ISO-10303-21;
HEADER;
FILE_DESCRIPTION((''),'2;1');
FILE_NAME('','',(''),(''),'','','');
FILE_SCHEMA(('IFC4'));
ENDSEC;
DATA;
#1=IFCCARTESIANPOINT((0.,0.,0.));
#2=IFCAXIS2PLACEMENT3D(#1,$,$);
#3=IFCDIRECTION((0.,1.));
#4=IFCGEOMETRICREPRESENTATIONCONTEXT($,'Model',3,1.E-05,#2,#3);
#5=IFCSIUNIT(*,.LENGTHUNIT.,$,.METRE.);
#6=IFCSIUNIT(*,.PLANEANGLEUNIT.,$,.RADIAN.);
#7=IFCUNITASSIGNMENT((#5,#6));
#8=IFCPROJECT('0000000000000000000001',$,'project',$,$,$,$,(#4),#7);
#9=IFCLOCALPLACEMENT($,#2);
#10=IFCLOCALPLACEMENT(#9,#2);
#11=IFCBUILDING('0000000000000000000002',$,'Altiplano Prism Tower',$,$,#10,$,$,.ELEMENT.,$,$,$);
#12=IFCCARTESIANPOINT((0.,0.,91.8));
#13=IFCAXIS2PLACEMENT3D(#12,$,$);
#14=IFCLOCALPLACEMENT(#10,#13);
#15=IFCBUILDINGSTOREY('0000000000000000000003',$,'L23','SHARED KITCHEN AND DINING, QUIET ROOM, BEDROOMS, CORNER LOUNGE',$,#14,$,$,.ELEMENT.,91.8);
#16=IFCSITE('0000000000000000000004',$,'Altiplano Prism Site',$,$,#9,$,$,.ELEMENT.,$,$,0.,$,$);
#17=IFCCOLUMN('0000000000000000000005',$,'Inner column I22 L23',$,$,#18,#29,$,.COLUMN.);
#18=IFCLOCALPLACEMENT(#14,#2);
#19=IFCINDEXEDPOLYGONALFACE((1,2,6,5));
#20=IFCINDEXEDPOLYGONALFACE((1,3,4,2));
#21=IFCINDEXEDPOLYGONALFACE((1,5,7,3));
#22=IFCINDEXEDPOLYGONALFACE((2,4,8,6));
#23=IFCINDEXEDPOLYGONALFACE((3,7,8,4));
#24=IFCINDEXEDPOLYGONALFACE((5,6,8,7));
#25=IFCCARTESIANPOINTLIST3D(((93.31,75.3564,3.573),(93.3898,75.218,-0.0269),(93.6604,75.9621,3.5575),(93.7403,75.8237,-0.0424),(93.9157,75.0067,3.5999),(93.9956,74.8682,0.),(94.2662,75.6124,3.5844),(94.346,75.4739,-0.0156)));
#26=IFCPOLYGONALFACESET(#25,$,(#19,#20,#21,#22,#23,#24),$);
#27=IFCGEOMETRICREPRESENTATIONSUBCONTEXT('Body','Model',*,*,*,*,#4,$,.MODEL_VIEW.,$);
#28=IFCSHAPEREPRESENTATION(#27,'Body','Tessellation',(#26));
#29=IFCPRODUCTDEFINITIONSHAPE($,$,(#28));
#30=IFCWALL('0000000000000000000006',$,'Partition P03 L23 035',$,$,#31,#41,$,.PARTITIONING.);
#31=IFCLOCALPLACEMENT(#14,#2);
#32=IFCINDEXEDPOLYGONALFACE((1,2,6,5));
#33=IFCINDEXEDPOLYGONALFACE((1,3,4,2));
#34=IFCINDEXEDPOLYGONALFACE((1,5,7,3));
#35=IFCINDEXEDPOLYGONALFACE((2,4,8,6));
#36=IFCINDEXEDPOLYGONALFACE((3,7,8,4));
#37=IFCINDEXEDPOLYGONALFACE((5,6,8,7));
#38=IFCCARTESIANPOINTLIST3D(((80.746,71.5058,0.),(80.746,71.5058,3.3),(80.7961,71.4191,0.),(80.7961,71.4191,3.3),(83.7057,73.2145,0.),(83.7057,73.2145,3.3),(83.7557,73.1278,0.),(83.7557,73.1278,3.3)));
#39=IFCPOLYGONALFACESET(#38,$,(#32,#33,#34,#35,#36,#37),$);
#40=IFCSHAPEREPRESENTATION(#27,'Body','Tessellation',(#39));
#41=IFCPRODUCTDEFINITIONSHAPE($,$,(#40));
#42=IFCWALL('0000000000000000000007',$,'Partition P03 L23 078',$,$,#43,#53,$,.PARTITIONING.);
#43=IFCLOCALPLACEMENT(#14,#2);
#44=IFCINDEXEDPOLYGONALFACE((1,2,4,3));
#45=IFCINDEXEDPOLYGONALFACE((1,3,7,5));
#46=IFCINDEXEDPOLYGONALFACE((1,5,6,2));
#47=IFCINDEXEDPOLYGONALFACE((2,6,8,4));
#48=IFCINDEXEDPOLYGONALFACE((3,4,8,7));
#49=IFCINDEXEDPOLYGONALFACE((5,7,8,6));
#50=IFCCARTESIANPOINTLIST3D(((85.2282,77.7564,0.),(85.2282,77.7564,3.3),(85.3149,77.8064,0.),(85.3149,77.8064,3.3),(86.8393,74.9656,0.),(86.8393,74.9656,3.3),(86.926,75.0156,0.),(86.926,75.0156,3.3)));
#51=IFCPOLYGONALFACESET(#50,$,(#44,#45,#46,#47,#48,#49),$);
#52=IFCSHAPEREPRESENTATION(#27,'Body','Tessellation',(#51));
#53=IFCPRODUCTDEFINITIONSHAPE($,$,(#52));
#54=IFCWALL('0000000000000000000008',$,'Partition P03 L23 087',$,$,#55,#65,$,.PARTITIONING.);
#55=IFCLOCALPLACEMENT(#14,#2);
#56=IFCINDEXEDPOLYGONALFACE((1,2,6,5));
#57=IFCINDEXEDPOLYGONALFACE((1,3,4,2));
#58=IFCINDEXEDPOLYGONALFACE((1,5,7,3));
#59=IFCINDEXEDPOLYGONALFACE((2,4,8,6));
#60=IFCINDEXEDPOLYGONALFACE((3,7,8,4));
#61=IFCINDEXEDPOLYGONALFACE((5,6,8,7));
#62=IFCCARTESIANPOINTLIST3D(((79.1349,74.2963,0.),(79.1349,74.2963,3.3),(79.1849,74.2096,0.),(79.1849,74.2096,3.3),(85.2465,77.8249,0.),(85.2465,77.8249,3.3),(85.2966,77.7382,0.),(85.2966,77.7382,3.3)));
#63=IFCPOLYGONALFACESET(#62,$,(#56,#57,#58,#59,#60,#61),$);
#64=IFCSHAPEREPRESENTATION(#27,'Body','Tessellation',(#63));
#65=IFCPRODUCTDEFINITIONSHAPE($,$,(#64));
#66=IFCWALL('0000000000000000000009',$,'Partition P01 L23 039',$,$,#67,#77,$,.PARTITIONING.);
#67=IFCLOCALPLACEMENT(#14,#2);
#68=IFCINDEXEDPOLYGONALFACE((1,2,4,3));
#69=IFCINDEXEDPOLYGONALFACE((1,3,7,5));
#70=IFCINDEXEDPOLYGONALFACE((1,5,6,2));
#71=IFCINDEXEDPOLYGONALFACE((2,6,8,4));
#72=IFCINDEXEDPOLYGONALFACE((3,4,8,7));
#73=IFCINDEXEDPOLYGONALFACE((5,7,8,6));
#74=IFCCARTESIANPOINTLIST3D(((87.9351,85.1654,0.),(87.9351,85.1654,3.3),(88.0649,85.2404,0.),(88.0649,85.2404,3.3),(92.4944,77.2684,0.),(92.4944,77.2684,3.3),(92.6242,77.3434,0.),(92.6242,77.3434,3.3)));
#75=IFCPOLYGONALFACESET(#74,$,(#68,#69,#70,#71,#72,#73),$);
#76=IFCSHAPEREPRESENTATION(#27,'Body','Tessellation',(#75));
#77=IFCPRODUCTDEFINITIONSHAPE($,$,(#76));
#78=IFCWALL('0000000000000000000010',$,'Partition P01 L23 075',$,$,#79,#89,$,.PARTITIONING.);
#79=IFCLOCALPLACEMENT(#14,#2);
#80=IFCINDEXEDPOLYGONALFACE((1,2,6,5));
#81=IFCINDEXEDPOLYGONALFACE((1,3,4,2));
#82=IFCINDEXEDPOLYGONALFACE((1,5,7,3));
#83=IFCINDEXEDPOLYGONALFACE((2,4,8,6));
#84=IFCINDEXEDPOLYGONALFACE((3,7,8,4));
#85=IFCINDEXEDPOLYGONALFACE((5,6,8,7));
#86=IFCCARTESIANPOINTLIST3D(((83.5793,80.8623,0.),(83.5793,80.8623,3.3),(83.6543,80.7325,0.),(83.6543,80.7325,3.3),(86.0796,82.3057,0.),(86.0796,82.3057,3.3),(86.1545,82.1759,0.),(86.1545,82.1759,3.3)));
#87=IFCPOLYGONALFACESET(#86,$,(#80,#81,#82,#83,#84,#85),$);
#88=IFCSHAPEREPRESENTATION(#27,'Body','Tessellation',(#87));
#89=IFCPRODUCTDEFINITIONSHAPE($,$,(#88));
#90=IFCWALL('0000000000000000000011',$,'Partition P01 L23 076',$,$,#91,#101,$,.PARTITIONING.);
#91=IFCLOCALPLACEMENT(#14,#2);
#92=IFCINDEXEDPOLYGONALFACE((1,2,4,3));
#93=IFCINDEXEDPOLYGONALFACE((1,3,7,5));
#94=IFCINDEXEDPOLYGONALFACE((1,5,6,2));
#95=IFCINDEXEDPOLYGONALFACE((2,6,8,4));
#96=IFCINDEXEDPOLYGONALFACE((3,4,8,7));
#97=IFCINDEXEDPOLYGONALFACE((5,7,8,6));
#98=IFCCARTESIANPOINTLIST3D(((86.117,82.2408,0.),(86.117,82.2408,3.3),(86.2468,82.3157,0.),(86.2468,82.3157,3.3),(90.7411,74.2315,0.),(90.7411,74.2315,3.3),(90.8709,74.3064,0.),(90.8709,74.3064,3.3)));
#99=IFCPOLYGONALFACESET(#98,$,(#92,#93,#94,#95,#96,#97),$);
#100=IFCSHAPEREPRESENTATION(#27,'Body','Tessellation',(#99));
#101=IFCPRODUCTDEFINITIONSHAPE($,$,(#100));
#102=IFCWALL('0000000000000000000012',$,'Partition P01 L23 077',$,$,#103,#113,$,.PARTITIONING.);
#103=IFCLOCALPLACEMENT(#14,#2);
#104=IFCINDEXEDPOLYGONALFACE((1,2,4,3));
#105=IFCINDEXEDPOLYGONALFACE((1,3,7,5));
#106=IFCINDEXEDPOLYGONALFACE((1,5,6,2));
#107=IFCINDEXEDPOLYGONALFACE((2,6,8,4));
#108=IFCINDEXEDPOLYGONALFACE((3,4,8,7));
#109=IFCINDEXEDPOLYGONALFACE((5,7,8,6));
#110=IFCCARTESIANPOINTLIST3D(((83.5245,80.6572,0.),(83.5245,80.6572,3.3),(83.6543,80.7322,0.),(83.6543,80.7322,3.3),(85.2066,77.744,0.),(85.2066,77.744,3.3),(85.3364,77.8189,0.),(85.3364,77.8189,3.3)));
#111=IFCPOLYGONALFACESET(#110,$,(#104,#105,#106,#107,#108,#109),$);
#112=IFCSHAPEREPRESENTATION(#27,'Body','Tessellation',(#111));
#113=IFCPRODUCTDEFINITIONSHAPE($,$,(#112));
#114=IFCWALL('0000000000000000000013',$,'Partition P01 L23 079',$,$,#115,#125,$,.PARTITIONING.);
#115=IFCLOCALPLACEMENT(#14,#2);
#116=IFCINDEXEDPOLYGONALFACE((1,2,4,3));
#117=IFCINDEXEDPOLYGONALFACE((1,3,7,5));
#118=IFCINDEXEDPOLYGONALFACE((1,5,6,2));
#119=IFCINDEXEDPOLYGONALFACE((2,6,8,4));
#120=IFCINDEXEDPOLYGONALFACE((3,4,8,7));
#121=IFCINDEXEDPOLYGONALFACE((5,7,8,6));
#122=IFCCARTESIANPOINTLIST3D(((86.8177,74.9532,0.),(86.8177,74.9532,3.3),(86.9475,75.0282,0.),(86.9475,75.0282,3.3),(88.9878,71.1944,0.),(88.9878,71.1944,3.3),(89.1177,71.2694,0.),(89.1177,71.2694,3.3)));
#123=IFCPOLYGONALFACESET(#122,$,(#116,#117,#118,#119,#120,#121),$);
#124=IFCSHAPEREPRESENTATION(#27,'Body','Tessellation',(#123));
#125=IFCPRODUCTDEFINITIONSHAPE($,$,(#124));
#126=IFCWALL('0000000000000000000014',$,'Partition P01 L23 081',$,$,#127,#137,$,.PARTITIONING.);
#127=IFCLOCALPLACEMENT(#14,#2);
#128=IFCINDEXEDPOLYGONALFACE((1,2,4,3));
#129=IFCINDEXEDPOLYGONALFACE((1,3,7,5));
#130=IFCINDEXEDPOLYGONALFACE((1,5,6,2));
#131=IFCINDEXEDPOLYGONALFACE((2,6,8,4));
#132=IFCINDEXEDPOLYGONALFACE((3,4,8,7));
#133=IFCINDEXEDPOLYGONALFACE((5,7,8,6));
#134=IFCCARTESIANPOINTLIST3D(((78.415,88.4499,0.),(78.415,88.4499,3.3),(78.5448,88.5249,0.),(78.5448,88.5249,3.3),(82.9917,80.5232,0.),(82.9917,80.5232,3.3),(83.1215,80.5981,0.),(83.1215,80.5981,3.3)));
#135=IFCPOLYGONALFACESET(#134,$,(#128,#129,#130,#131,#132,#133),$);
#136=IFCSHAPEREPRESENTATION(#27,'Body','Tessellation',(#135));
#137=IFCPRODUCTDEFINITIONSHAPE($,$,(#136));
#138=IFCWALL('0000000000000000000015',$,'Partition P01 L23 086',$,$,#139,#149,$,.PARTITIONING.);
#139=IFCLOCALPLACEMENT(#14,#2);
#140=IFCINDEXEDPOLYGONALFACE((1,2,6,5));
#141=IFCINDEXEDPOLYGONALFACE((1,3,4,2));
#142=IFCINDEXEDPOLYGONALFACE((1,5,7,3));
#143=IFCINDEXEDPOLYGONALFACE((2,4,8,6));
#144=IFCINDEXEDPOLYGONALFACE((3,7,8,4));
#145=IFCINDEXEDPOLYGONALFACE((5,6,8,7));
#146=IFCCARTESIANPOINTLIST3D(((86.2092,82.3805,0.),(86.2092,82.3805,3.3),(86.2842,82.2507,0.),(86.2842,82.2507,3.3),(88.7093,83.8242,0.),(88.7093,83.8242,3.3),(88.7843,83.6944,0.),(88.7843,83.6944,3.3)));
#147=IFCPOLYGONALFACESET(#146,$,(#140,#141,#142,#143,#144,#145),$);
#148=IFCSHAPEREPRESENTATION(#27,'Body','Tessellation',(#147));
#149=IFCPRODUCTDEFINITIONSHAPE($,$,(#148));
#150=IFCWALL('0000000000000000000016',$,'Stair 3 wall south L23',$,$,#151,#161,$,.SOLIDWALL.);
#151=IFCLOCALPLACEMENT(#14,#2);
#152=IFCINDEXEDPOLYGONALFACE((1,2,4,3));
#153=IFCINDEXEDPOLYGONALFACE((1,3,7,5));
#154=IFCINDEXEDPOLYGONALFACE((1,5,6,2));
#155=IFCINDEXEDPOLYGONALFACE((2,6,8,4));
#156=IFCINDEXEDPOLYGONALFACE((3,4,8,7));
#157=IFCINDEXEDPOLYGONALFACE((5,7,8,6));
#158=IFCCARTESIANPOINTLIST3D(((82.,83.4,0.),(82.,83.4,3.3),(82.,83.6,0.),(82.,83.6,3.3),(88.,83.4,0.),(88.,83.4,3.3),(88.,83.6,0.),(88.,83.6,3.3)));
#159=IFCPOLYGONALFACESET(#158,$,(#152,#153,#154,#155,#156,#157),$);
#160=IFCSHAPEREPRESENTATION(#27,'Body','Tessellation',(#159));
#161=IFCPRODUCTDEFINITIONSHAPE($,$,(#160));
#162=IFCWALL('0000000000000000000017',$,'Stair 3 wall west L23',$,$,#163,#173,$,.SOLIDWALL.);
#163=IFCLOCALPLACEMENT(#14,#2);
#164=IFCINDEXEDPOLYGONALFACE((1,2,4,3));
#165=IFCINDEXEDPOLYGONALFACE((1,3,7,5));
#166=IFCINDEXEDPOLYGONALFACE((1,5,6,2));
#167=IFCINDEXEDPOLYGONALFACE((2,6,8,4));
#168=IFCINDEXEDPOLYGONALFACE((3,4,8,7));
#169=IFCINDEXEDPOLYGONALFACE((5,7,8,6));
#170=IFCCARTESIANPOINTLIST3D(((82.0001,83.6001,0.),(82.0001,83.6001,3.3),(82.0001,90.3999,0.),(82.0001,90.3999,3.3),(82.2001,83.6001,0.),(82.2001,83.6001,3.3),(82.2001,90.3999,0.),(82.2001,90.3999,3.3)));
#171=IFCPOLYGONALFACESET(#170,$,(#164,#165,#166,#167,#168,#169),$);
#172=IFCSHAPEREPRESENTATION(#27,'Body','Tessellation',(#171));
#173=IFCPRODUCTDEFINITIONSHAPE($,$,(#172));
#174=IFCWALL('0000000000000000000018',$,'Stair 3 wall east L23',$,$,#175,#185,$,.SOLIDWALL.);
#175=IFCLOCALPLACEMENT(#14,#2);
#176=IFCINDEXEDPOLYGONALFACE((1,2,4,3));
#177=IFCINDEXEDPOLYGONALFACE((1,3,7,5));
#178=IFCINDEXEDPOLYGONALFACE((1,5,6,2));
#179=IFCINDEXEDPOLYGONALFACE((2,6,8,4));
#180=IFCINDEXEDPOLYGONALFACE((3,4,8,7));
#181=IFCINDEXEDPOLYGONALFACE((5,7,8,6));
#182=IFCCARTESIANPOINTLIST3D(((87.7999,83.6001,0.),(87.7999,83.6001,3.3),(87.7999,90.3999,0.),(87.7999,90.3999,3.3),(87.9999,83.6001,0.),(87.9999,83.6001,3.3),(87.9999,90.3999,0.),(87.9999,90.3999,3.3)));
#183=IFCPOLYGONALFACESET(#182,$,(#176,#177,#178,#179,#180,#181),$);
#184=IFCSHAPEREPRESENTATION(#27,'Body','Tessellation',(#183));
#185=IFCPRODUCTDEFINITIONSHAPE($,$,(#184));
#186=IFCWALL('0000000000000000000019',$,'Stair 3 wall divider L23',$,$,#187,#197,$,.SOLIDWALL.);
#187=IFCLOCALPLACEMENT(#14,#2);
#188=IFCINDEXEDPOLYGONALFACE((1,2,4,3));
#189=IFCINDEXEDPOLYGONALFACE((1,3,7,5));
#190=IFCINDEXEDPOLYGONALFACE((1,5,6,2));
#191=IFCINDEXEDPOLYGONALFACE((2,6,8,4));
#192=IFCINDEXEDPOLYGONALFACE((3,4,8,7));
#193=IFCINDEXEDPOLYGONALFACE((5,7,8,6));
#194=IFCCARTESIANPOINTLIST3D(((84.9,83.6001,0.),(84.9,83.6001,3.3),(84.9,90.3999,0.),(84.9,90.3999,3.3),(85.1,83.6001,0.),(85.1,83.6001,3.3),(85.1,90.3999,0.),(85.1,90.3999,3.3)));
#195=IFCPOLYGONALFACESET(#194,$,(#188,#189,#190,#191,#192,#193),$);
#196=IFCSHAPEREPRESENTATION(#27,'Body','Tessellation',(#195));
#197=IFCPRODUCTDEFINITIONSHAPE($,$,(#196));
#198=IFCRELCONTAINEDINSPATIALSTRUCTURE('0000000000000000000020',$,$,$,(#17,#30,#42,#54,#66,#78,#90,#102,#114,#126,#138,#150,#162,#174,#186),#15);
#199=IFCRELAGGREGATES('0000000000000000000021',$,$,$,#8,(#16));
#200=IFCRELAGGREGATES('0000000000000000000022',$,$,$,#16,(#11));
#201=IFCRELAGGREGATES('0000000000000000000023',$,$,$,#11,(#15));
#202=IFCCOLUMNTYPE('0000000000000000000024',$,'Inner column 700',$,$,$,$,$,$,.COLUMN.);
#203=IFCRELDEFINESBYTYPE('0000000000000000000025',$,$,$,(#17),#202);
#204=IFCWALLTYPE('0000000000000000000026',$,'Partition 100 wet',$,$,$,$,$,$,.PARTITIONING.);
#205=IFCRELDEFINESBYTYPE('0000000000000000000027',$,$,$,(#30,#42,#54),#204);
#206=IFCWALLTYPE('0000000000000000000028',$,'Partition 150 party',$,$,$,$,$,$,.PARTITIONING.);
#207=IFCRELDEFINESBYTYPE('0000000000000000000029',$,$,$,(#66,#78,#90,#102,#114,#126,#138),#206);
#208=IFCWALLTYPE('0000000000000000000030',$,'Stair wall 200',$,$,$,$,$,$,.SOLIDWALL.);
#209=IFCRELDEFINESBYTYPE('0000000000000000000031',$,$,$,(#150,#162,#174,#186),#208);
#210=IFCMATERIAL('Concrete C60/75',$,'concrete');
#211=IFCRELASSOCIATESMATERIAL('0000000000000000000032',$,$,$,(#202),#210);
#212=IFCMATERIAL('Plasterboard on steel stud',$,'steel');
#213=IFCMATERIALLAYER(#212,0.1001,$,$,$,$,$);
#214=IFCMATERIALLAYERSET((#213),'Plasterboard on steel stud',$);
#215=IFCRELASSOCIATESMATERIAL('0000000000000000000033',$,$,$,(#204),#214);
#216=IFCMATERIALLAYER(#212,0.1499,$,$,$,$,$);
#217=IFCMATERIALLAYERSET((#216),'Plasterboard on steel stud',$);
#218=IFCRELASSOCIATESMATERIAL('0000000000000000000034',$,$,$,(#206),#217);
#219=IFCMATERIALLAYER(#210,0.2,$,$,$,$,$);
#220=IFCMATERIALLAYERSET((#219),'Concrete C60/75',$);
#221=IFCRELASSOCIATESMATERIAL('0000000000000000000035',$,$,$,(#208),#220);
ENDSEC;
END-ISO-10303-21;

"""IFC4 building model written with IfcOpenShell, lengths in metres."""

from ifc_helpers import new_model, si_unit, direction, frame, frame_2d, origin, origin_2d, place, context, subcontext, project, spatial, rectangle, extrude, material, layer, layer_set, material_profile, profile_set, type_object, element, save


model = new_model("IFC4")

# Units and contexts
model_context = context("Model", 3, precision=1e-05, world=origin(), true_north=direction((0.0, 1.0)))
body_context = subcontext(model_context, "Body", "Model", "MODEL_VIEW")
ifc_project = project(units=[si_unit("LENGTHUNIT", "METRE"), si_unit("PLANEANGLEUNIT", "RADIAN")], contexts=[model_context])

# Site, building, storey
site_placement = place(None, origin())
site = spatial("IfcSite", under=ifc_project, at=site_placement, Name="Altiplano Prism Site", CompositionType="ELEMENT", RefElevation=0.0)
building_placement = place(site_placement, origin())
building = spatial("IfcBuilding", under=site, at=building_placement, Name="Altiplano Prism Tower", CompositionType="ELEMENT")
storey_placement = place(building_placement, frame((0.0, 0.0, 91.8)))
storey = spatial("IfcBuildingStorey", under=building, at=storey_placement, Name="L23", Description="SHARED KITCHEN AND DINING, QUIET ROOM, BEDROOMS, CORNER LOUNGE", CompositionType="ELEMENT", Elevation=91.8)

# Column
ifc_material_1 = material(Name="Concrete C60/75", Category="concrete")
ifc_material_profile = material_profile(ifc_material_1, rectangle(XDim=0.7, YDim=0.7, at=origin_2d()), Name="Inner column 700")
ifc_profile_set = profile_set([ifc_material_profile], Name="Concrete C60/75")
column_type = type_object("IfcColumnType", Name="Inner column 700", PredefinedType="COLUMN", material=ifc_profile_set)
column_placement = place(storey_placement, frame((93.8679, 75.3459, -0.0212), z_axis=(-0.022155, 0.038416, 0.999016), x_axis=(-0.500655, -0.865363, 0.022173)))
element("IfcColumn", 1, at=column_placement, inside=storey, type_object=column_type, Name="Inner column I22 L23", PredefinedType="COLUMN", context=body_context, shape_type="SweptSolid", body=[
    extrude(rectangle(XDim=0.7, YDim=0.7, at=origin_2d()), origin(), (0.0, 0.0, 1.0), 3.6035),
])

# Walls
ifc_material_2 = material(Name="Plasterboard on steel stud", Category="steel")
ifc_layer_1 = layer(ifc_material_2, 0.1001)
ifc_layer_set_1 = layer_set([ifc_layer_1], Name="Plasterboard on steel stud")
wall_type_1 = type_object("IfcWallType", Name="Partition 100 wet", PredefinedType="PARTITIONING", material=ifc_layer_set_1)
wall_1_placement = place(storey_placement, frame((83.7307, 73.1711, 0.0), z_axis=(0.0, 0.0, 1.0), x_axis=(-0.866032, -0.499988, 0.0)))
element("IfcWall", 2, at=wall_1_placement, inside=storey, type_object=wall_type_1, Name="Partition P03 L23 035", PredefinedType="PARTITIONING", context=body_context, shape_type="SweptSolid", body=[
    extrude(rectangle(XDim=3.4175, YDim=0.1001, at=frame_2d((1.7087, 0.0))), origin(), (0.0, 0.0, 1.0), 3.3),
])
wall_2_placement = place(storey_placement, frame((85.2715, 77.7815, 0.0), z_axis=(0.0, 0.0, 1.0), x_axis=(0.499961, -0.866048, 0.0)))
element("IfcWall", 3, at=wall_2_placement, inside=storey, type_object=wall_type_1, Name="Partition P03 L23 078", PredefinedType="PARTITIONING", context=body_context, shape_type="SweptSolid", body=[
    extrude(rectangle(XDim=3.2224, YDim=0.1001, at=frame_2d((1.6113, 0.0))), origin(), (0.0, 0.0, 1.0), 3.3),
])
wall_3_placement = place(storey_placement, frame((79.1599, 74.2529, 0.0), z_axis=(0.0, 0.0, 1.0), x_axis=(0.866023, 0.500005, 0.0)))
element("IfcWall", 4, at=wall_3_placement, inside=storey, type_object=wall_type_1, Name="Partition P03 L23 087", PredefinedType="PARTITIONING", context=body_context, shape_type="SweptSolid", body=[
    extrude(rectangle(XDim=7.0571, YDim=0.1001, at=frame_2d((3.5286, 0.0))), origin(), (0.0, 0.0, 1.0), 3.3),
])
ifc_layer_2 = layer(ifc_material_2, 0.1499)
ifc_layer_set_2 = layer_set([ifc_layer_2], Name="Plasterboard on steel stud")
wall_type_2 = type_object("IfcWallType", Name="Partition 150 party", PredefinedType="PARTITIONING", material=ifc_layer_set_2)
wall_4_placement = place(storey_placement, frame((88.0, 85.2029, 0.0), z_axis=(0.0, 0.0, 1.0), x_axis=(0.500001, -0.866025, 0.0)))
element("IfcWall", 5, at=wall_4_placement, inside=storey, type_object=wall_type_2, Name="Partition P01 L23 039", PredefinedType="PARTITIONING", context=body_context, shape_type="SweptSolid", body=[
    extrude(rectangle(XDim=9.1187, YDim=0.1499, at=frame_2d((4.5593, 0.0))), origin(), (0.0, 0.0, 1.0), 3.3),
])
wall_5_placement = place(storey_placement, frame((86.1169, 82.2407, 0.0), z_axis=(0.0, 0.0, 1.0), x_axis=(-0.866049, -0.499959, 0.0)))
element("IfcWall", 6, at=wall_5_placement, inside=storey, type_object=wall_type_2, Name="Partition P01 L23 075", PredefinedType="PARTITIONING", context=body_context, shape_type="SweptSolid", body=[
    extrude(rectangle(XDim=2.887, YDim=0.1499, at=frame_2d((1.4434, 0.0))), origin(), (0.0, 0.0, 1.0), 3.3),
])
wall_6_placement = place(storey_placement, frame((90.8059, 74.269, 0.0), z_axis=(0.0, 0.0, 1.0), x_axis=(-0.499989, 0.866032, 0.0)))
element("IfcWall", 7, at=wall_6_placement, inside=storey, type_object=wall_type_2, Name="Partition P01 L23 076", PredefinedType="PARTITIONING", context=body_context, shape_type="SweptSolid", body=[
    extrude(rectangle(XDim=9.2483, YDim=0.1499, at=frame_2d((4.624, 0.0))), origin(), (0.0, 0.0, 1.0), 3.3),
])
wall_7_placement = place(storey_placement, frame((83.5894, 80.6948, 0.0), z_axis=(0.0, 0.0, 1.0), x_axis=(0.500026, -0.86601, 0.0)))
element("IfcWall", 8, at=wall_7_placement, inside=storey, type_object=wall_type_2, Name="Partition P01 L23 077", PredefinedType="PARTITIONING", context=body_context, shape_type="SweptSolid", body=[
    extrude(rectangle(XDim=3.364, YDim=0.1499, at=frame_2d((1.6821, 0.0))), origin(), (0.0, 0.0, 1.0), 3.3),
])
wall_8_placement = place(storey_placement, frame((86.8826, 74.9907, 0.0), z_axis=(0.0, 0.0, 1.0), x_axis=(0.500005, -0.866023, 0.0)))
element("IfcWall", 9, at=wall_8_placement, inside=storey, type_object=wall_type_2, Name="Partition P01 L23 079", PredefinedType="PARTITIONING", context=body_context, shape_type="SweptSolid", body=[
    extrude(rectangle(XDim=4.3403, YDim=0.1499, at=frame_2d((2.1702, 0.0))), origin(), (0.0, 0.0, 1.0), 3.3),
])
wall_9_placement = place(storey_placement, frame((83.0566, 80.5605, 0.0), z_axis=(0.0, 0.0, 1.0), x_axis=(-0.500012, 0.866019, 0.0)))
element("IfcWall", 10, at=wall_9_placement, inside=storey, type_object=wall_type_2, Name="Partition P01 L23 081", PredefinedType="PARTITIONING", context=body_context, shape_type="SweptSolid", body=[
    extrude(rectangle(XDim=9.1531, YDim=0.1499, at=frame_2d((4.5767, 0.0))), origin(), (0.0, 0.0, 1.0), 3.3),
])
wall_10_placement = place(storey_placement, frame((86.2468, 82.3157, 0.0), z_axis=(0.0, 0.0, 1.0), x_axis=(0.865991, 0.500059, 0.0)))
element("IfcWall", 11, at=wall_10_placement, inside=storey, type_object=wall_type_2, Name="Partition P01 L23 086", PredefinedType="PARTITIONING", context=body_context, shape_type="SweptSolid", body=[
    extrude(rectangle(XDim=2.887, YDim=0.1499, at=frame_2d((1.4434, 0.0))), origin(), (0.0, 0.0, 1.0), 3.3),
])
ifc_layer_3 = layer(ifc_material_1, 0.2)
ifc_layer_set_3 = layer_set([ifc_layer_3], Name="Concrete C60/75")
wall_type_3 = type_object("IfcWallType", Name="Stair wall 200", PredefinedType="SOLIDWALL", material=ifc_layer_set_3)
wall_11_placement = place(storey_placement, frame((82.0, 83.5, 0.0), z_axis=(0.0, 0.0, 1.0), x_axis=(1.0, 0.0, 0.0)))
element("IfcWall", 12, at=wall_11_placement, inside=storey, type_object=wall_type_3, Name="Stair 3 wall south L23", PredefinedType="SOLIDWALL", context=body_context, shape_type="SweptSolid", body=[
    extrude(rectangle(XDim=6.0, YDim=0.2, at=frame_2d((3.0, 0.0))), origin(), (0.0, 0.0, 1.0), 3.3),
])
for number, where, z_axis, x_axis, name in (
    (13, (82.1001, 83.6001, 0.0), (0.0, 0.0, 1.0), (0.0, 1.0, 0.0), "Stair 3 wall west L23"),
    (14, (87.8999, 83.6001, 0.0), (0.0, 0.0, 1.0), (0.0, 1.0, 0.0), "Stair 3 wall east L23"),
    (15, (85.0, 83.6001, 0.0), (0.0, 0.0, 1.0), (0.0, 1.0, 0.0), "Stair 3 wall divider L23"),
):
    element("IfcWall", number, at=place(storey_placement, frame(where, z_axis=z_axis, x_axis=x_axis)), inside=storey, type_object=wall_type_3, Name=name, PredefinedType="SOLIDWALL", context=body_context, shape_type="SweptSolid", body=[
        extrude(rectangle(XDim=6.7998, YDim=0.2, at=frame_2d((3.3999, 0.0))), origin(), (0.0, 0.0, 1.0), 3.3),
    ])

save(model, "model.ifc")
